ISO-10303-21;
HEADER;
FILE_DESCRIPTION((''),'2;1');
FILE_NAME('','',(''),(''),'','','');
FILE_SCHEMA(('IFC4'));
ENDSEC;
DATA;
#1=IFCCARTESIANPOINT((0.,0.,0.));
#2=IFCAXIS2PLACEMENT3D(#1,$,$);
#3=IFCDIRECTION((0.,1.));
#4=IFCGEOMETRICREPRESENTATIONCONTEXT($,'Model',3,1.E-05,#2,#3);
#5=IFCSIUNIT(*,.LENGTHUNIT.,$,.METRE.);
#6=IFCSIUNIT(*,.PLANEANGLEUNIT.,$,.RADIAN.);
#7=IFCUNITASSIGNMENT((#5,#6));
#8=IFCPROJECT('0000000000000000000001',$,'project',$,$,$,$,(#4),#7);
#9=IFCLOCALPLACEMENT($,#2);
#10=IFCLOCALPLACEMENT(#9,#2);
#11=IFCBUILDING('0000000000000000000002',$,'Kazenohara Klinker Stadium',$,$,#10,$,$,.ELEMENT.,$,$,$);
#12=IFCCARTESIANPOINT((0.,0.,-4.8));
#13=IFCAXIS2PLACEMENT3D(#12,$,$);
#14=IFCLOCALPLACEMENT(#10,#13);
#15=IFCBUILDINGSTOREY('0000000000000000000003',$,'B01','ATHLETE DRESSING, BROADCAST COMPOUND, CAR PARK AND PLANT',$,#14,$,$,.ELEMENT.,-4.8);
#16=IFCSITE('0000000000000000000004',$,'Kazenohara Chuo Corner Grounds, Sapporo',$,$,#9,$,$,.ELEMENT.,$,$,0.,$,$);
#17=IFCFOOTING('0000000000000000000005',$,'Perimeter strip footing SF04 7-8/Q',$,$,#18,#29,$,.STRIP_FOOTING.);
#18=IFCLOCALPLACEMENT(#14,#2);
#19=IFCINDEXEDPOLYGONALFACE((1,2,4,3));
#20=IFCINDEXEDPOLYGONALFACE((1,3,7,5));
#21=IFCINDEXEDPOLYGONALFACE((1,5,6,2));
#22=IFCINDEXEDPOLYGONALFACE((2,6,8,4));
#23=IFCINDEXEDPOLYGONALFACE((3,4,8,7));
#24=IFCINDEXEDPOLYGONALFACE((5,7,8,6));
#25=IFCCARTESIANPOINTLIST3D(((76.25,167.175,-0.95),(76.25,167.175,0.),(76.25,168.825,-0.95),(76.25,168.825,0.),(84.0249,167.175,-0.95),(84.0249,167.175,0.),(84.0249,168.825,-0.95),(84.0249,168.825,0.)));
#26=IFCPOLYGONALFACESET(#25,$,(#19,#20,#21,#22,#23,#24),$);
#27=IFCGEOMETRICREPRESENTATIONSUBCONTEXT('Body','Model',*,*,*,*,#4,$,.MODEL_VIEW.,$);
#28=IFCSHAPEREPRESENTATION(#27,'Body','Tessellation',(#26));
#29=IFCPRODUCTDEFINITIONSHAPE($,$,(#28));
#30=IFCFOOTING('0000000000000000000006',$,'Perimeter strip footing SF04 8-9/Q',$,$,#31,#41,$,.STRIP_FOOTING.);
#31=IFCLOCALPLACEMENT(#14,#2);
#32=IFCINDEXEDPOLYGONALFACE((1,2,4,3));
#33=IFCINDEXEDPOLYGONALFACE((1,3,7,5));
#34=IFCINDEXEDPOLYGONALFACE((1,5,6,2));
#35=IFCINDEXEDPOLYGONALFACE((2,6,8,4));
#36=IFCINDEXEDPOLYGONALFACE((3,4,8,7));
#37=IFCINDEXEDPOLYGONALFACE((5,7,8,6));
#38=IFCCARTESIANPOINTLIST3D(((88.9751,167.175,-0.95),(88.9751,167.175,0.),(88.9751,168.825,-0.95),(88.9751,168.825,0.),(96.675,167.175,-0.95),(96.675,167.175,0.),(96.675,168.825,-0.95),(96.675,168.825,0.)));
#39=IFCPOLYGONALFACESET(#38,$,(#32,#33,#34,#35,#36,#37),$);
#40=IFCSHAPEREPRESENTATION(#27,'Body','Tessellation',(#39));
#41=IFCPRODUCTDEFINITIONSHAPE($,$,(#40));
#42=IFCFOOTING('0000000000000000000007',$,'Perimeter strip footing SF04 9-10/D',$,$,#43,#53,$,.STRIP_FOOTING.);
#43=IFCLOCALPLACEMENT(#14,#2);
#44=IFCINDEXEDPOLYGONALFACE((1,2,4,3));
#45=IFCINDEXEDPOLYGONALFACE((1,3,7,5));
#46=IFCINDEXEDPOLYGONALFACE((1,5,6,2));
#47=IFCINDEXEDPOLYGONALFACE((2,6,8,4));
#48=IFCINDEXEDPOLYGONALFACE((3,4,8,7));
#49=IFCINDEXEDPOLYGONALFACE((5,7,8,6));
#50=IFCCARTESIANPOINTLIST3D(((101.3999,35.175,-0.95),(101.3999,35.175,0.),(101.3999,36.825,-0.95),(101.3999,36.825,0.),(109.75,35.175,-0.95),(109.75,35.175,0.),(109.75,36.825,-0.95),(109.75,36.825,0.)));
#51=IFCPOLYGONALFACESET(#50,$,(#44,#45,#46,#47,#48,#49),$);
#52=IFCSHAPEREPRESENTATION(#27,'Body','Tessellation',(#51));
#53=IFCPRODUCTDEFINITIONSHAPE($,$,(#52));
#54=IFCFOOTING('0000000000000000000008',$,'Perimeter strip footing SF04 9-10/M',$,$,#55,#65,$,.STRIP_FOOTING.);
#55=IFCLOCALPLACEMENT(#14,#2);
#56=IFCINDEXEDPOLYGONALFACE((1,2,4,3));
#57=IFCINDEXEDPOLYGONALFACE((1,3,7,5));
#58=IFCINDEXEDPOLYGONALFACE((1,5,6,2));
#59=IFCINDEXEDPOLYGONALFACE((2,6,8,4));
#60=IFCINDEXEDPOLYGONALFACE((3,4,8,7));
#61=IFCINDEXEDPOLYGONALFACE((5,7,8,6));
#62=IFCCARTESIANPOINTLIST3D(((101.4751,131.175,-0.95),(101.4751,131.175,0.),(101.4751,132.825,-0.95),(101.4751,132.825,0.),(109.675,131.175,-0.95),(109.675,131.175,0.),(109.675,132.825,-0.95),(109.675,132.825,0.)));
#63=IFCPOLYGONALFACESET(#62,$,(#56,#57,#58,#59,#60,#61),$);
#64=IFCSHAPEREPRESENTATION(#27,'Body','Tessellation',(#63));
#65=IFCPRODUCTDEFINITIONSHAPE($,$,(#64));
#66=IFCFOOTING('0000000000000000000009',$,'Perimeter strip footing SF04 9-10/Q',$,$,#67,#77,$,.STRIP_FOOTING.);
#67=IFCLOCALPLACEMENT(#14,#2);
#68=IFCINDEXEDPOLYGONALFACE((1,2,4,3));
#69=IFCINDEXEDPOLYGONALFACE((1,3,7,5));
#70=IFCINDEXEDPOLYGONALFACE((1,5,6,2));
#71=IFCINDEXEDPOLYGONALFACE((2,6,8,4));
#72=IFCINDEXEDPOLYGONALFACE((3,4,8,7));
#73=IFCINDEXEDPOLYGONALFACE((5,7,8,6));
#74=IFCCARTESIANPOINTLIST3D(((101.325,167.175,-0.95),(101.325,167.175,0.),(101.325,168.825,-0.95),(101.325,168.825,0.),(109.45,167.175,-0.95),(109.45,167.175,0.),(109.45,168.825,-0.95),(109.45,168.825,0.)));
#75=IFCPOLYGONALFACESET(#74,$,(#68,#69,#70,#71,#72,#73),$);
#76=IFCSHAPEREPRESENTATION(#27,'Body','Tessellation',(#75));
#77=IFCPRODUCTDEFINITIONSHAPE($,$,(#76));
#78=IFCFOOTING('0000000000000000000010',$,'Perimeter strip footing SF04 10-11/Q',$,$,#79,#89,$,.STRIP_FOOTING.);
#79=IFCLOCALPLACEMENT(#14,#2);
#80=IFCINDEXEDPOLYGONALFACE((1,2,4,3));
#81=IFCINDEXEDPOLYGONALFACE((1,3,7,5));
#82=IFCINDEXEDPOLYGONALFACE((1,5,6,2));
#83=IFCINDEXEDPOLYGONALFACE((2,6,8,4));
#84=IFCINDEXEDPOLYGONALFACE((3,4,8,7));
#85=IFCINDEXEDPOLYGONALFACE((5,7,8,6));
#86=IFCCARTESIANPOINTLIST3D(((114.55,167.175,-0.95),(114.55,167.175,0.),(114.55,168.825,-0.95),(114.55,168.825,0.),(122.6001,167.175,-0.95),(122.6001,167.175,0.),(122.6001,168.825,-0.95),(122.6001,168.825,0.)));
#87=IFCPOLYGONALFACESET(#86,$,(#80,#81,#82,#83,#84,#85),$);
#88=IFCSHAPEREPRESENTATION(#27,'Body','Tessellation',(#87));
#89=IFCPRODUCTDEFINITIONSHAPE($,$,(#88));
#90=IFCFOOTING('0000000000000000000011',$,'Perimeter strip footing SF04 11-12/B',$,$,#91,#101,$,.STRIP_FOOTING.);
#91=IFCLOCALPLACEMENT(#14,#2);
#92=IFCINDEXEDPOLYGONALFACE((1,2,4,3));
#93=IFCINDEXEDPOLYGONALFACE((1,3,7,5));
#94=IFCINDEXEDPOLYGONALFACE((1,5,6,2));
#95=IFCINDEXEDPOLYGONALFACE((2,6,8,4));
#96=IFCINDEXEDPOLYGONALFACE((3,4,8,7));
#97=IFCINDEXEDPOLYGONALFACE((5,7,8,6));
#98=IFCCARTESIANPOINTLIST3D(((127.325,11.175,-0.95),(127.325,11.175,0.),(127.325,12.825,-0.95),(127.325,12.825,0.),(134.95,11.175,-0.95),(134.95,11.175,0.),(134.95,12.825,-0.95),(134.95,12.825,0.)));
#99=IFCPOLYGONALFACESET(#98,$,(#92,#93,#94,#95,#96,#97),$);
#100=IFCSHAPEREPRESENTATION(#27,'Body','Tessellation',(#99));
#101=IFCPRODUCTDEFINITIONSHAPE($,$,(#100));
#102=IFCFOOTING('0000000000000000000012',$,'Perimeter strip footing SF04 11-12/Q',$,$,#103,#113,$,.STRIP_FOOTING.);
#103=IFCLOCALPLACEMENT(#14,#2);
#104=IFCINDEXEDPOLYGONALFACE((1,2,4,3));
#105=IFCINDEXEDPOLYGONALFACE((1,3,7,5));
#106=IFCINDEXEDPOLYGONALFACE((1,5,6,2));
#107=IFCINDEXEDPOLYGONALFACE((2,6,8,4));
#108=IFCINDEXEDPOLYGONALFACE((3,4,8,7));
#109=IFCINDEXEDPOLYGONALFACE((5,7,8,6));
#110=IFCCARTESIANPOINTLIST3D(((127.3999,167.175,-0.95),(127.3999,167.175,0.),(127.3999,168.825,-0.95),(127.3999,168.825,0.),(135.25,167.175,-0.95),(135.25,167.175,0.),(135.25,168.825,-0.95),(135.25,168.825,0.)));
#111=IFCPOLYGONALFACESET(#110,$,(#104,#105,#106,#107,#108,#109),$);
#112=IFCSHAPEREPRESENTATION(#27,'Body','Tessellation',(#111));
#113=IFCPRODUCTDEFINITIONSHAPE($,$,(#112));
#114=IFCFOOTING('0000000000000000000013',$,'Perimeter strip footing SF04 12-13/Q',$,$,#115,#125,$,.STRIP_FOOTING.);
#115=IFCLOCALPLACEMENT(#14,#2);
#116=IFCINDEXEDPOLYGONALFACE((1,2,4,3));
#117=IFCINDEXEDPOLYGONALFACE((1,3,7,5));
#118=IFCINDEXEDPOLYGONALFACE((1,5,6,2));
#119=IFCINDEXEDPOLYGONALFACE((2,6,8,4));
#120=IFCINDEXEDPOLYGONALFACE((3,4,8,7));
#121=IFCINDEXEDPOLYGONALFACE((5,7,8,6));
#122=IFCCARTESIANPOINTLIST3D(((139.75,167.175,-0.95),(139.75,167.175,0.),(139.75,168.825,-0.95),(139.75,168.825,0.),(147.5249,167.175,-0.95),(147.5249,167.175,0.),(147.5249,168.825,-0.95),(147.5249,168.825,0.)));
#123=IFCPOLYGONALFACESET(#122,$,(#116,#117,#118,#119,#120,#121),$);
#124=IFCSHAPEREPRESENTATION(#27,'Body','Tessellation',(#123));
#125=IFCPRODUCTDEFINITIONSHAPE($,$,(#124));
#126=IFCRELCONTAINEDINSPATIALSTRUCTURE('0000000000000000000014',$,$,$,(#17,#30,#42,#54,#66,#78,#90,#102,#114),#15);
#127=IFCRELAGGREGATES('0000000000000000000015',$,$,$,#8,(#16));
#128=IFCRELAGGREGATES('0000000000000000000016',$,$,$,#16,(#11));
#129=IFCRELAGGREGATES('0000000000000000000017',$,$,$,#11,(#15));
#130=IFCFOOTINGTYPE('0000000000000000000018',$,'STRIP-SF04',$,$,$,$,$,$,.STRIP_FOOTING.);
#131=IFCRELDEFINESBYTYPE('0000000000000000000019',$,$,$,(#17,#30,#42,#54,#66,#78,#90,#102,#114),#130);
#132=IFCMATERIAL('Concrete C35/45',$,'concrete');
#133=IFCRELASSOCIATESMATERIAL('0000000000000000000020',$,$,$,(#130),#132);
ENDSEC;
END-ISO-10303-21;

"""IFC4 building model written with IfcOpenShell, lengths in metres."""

from ifc_helpers import new_model, si_unit, direction, frame, origin, place, context, subcontext, project, spatial, polyline, outline, extrude, material, type_object, element, save


model = new_model("IFC4")

# Units and contexts
model_context = context("Model", 3, precision=1e-05, world=origin(), true_north=direction((0.0, 1.0)))
body_context = subcontext(model_context, "Body", "Model", "MODEL_VIEW")
ifc_project = project(units=[si_unit("LENGTHUNIT", "METRE"), si_unit("PLANEANGLEUNIT", "RADIAN")], contexts=[model_context])

# Site, building, storey
site_placement = place(None, origin())
site = spatial("IfcSite", under=ifc_project, at=site_placement, Name="Kazenohara Chuo Corner Grounds, Sapporo", CompositionType="ELEMENT", RefElevation=0.0)
building_placement = place(site_placement, origin())
building = spatial("IfcBuilding", under=site, at=building_placement, Name="Kazenohara Klinker Stadium", CompositionType="ELEMENT")
storey_placement = place(building_placement, frame((0.0, 0.0, -4.8)))
storey = spatial("IfcBuildingStorey", under=building, at=storey_placement, Name="B01", Description="ATHLETE DRESSING, BROADCAST COMPOUND, CAR PARK AND PLANT", CompositionType="ELEMENT", Elevation=-4.8)

# Footings
ifc_material = material(Name="Concrete C35/45", Category="concrete")
footing_type_1 = type_object("IfcFootingType", Name="STRIP-SF04", PredefinedType="STRIP_FOOTING", material=ifc_material)
footing_1_placement = place(storey_placement, frame((0.0, 0.0, -0.95)))
element("IfcFooting", 1, at=footing_1_placement, inside=storey, type_object=footing_type_1, Name="Perimeter strip footing SF04 7-8/Q", PredefinedType="STRIP_FOOTING", context=body_context, shape_type="SweptSolid", body=[
    extrude(outline(polyline([(76.25, 167.175), (84.0249, 167.175), (84.0249, 168.825), (76.25, 168.825), (76.25, 167.175)])), origin(), (0.0, 0.0, 1.0), 0.95),
])
footing_2_placement = place(storey_placement, frame((0.0, 0.0, -0.95)))
element("IfcFooting", 2, at=footing_2_placement, inside=storey, type_object=footing_type_1, Name="Perimeter strip footing SF04 8-9/Q", PredefinedType="STRIP_FOOTING", context=body_context, shape_type="SweptSolid", body=[
    extrude(outline(polyline([(88.9751, 167.175), (96.675, 167.175), (96.675, 168.825), (88.9751, 168.825), (88.9751, 167.175)])), origin(), (0.0, 0.0, 1.0), 0.95),
])
footing_3_placement = place(storey_placement, frame((0.0, 0.0, -0.95)))
element("IfcFooting", 3, at=footing_3_placement, inside=storey, type_object=footing_type_1, Name="Perimeter strip footing SF04 9-10/D", PredefinedType="STRIP_FOOTING", context=body_context, shape_type="SweptSolid", body=[
    extrude(outline(polyline([(101.3999, 35.175), (109.75, 35.175), (109.75, 36.825), (101.3999, 36.825), (101.3999, 35.175)])), origin(), (0.0, 0.0, 1.0), 0.95),
])
footing_4_placement = place(storey_placement, frame((0.0, 0.0, -0.95)))
element("IfcFooting", 4, at=footing_4_placement, inside=storey, type_object=footing_type_1, Name="Perimeter strip footing SF04 9-10/M", PredefinedType="STRIP_FOOTING", context=body_context, shape_type="SweptSolid", body=[
    extrude(outline(polyline([(101.4751, 131.175), (109.675, 131.175), (109.675, 132.825), (101.4751, 132.825), (101.4751, 131.175)])), origin(), (0.0, 0.0, 1.0), 0.95),
])
footing_5_placement = place(storey_placement, frame((0.0, 0.0, -0.95)))
element("IfcFooting", 5, at=footing_5_placement, inside=storey, type_object=footing_type_1, Name="Perimeter strip footing SF04 9-10/Q", PredefinedType="STRIP_FOOTING", context=body_context, shape_type="SweptSolid", body=[
    extrude(outline(polyline([(101.325, 167.175), (109.45, 167.175), (109.45, 168.825), (101.325, 168.825), (101.325, 167.175)])), origin(), (0.0, 0.0, 1.0), 0.95),
])
footing_6_placement = place(storey_placement, frame((0.0, 0.0, -0.95)))
element("IfcFooting", 6, at=footing_6_placement, inside=storey, type_object=footing_type_1, Name="Perimeter strip footing SF04 10-11/Q", PredefinedType="STRIP_FOOTING", context=body_context, shape_type="SweptSolid", body=[
    extrude(outline(polyline([(114.55, 167.175), (122.6001, 167.175), (122.6001, 168.825), (114.55, 168.825), (114.55, 167.175)])), origin(), (0.0, 0.0, 1.0), 0.95),
])
footing_7_placement = place(storey_placement, frame((0.0, 0.0, -0.95)))
element("IfcFooting", 7, at=footing_7_placement, inside=storey, type_object=footing_type_1, Name="Perimeter strip footing SF04 11-12/B", PredefinedType="STRIP_FOOTING", context=body_context, shape_type="SweptSolid", body=[
    extrude(outline(polyline([(127.325, 11.175), (134.95, 11.175), (134.95, 12.825), (127.325, 12.825), (127.325, 11.175)])), origin(), (0.0, 0.0, 1.0), 0.95),
])
footing_8_placement = place(storey_placement, frame((0.0, 0.0, -0.95)))
element("IfcFooting", 8, at=footing_8_placement, inside=storey, type_object=footing_type_1, Name="Perimeter strip footing SF04 11-12/Q", PredefinedType="STRIP_FOOTING", context=body_context, shape_type="SweptSolid", body=[
    extrude(outline(polyline([(127.3999, 167.175), (135.25, 167.175), (135.25, 168.825), (127.3999, 168.825), (127.3999, 167.175)])), origin(), (0.0, 0.0, 1.0), 0.95),
])
footing_9_placement = place(storey_placement, frame((0.0, 0.0, -0.95)))
element("IfcFooting", 9, at=footing_9_placement, inside=storey, type_object=footing_type_1, Name="Perimeter strip footing SF04 12-13/Q", PredefinedType="STRIP_FOOTING", context=body_context, shape_type="SweptSolid", body=[
    extrude(outline(polyline([(139.75, 167.175), (147.5249, 167.175), (147.5249, 168.825), (139.75, 168.825), (139.75, 167.175)])), origin(), (0.0, 0.0, 1.0), 0.95),
])

save(model, "model.ifc")
